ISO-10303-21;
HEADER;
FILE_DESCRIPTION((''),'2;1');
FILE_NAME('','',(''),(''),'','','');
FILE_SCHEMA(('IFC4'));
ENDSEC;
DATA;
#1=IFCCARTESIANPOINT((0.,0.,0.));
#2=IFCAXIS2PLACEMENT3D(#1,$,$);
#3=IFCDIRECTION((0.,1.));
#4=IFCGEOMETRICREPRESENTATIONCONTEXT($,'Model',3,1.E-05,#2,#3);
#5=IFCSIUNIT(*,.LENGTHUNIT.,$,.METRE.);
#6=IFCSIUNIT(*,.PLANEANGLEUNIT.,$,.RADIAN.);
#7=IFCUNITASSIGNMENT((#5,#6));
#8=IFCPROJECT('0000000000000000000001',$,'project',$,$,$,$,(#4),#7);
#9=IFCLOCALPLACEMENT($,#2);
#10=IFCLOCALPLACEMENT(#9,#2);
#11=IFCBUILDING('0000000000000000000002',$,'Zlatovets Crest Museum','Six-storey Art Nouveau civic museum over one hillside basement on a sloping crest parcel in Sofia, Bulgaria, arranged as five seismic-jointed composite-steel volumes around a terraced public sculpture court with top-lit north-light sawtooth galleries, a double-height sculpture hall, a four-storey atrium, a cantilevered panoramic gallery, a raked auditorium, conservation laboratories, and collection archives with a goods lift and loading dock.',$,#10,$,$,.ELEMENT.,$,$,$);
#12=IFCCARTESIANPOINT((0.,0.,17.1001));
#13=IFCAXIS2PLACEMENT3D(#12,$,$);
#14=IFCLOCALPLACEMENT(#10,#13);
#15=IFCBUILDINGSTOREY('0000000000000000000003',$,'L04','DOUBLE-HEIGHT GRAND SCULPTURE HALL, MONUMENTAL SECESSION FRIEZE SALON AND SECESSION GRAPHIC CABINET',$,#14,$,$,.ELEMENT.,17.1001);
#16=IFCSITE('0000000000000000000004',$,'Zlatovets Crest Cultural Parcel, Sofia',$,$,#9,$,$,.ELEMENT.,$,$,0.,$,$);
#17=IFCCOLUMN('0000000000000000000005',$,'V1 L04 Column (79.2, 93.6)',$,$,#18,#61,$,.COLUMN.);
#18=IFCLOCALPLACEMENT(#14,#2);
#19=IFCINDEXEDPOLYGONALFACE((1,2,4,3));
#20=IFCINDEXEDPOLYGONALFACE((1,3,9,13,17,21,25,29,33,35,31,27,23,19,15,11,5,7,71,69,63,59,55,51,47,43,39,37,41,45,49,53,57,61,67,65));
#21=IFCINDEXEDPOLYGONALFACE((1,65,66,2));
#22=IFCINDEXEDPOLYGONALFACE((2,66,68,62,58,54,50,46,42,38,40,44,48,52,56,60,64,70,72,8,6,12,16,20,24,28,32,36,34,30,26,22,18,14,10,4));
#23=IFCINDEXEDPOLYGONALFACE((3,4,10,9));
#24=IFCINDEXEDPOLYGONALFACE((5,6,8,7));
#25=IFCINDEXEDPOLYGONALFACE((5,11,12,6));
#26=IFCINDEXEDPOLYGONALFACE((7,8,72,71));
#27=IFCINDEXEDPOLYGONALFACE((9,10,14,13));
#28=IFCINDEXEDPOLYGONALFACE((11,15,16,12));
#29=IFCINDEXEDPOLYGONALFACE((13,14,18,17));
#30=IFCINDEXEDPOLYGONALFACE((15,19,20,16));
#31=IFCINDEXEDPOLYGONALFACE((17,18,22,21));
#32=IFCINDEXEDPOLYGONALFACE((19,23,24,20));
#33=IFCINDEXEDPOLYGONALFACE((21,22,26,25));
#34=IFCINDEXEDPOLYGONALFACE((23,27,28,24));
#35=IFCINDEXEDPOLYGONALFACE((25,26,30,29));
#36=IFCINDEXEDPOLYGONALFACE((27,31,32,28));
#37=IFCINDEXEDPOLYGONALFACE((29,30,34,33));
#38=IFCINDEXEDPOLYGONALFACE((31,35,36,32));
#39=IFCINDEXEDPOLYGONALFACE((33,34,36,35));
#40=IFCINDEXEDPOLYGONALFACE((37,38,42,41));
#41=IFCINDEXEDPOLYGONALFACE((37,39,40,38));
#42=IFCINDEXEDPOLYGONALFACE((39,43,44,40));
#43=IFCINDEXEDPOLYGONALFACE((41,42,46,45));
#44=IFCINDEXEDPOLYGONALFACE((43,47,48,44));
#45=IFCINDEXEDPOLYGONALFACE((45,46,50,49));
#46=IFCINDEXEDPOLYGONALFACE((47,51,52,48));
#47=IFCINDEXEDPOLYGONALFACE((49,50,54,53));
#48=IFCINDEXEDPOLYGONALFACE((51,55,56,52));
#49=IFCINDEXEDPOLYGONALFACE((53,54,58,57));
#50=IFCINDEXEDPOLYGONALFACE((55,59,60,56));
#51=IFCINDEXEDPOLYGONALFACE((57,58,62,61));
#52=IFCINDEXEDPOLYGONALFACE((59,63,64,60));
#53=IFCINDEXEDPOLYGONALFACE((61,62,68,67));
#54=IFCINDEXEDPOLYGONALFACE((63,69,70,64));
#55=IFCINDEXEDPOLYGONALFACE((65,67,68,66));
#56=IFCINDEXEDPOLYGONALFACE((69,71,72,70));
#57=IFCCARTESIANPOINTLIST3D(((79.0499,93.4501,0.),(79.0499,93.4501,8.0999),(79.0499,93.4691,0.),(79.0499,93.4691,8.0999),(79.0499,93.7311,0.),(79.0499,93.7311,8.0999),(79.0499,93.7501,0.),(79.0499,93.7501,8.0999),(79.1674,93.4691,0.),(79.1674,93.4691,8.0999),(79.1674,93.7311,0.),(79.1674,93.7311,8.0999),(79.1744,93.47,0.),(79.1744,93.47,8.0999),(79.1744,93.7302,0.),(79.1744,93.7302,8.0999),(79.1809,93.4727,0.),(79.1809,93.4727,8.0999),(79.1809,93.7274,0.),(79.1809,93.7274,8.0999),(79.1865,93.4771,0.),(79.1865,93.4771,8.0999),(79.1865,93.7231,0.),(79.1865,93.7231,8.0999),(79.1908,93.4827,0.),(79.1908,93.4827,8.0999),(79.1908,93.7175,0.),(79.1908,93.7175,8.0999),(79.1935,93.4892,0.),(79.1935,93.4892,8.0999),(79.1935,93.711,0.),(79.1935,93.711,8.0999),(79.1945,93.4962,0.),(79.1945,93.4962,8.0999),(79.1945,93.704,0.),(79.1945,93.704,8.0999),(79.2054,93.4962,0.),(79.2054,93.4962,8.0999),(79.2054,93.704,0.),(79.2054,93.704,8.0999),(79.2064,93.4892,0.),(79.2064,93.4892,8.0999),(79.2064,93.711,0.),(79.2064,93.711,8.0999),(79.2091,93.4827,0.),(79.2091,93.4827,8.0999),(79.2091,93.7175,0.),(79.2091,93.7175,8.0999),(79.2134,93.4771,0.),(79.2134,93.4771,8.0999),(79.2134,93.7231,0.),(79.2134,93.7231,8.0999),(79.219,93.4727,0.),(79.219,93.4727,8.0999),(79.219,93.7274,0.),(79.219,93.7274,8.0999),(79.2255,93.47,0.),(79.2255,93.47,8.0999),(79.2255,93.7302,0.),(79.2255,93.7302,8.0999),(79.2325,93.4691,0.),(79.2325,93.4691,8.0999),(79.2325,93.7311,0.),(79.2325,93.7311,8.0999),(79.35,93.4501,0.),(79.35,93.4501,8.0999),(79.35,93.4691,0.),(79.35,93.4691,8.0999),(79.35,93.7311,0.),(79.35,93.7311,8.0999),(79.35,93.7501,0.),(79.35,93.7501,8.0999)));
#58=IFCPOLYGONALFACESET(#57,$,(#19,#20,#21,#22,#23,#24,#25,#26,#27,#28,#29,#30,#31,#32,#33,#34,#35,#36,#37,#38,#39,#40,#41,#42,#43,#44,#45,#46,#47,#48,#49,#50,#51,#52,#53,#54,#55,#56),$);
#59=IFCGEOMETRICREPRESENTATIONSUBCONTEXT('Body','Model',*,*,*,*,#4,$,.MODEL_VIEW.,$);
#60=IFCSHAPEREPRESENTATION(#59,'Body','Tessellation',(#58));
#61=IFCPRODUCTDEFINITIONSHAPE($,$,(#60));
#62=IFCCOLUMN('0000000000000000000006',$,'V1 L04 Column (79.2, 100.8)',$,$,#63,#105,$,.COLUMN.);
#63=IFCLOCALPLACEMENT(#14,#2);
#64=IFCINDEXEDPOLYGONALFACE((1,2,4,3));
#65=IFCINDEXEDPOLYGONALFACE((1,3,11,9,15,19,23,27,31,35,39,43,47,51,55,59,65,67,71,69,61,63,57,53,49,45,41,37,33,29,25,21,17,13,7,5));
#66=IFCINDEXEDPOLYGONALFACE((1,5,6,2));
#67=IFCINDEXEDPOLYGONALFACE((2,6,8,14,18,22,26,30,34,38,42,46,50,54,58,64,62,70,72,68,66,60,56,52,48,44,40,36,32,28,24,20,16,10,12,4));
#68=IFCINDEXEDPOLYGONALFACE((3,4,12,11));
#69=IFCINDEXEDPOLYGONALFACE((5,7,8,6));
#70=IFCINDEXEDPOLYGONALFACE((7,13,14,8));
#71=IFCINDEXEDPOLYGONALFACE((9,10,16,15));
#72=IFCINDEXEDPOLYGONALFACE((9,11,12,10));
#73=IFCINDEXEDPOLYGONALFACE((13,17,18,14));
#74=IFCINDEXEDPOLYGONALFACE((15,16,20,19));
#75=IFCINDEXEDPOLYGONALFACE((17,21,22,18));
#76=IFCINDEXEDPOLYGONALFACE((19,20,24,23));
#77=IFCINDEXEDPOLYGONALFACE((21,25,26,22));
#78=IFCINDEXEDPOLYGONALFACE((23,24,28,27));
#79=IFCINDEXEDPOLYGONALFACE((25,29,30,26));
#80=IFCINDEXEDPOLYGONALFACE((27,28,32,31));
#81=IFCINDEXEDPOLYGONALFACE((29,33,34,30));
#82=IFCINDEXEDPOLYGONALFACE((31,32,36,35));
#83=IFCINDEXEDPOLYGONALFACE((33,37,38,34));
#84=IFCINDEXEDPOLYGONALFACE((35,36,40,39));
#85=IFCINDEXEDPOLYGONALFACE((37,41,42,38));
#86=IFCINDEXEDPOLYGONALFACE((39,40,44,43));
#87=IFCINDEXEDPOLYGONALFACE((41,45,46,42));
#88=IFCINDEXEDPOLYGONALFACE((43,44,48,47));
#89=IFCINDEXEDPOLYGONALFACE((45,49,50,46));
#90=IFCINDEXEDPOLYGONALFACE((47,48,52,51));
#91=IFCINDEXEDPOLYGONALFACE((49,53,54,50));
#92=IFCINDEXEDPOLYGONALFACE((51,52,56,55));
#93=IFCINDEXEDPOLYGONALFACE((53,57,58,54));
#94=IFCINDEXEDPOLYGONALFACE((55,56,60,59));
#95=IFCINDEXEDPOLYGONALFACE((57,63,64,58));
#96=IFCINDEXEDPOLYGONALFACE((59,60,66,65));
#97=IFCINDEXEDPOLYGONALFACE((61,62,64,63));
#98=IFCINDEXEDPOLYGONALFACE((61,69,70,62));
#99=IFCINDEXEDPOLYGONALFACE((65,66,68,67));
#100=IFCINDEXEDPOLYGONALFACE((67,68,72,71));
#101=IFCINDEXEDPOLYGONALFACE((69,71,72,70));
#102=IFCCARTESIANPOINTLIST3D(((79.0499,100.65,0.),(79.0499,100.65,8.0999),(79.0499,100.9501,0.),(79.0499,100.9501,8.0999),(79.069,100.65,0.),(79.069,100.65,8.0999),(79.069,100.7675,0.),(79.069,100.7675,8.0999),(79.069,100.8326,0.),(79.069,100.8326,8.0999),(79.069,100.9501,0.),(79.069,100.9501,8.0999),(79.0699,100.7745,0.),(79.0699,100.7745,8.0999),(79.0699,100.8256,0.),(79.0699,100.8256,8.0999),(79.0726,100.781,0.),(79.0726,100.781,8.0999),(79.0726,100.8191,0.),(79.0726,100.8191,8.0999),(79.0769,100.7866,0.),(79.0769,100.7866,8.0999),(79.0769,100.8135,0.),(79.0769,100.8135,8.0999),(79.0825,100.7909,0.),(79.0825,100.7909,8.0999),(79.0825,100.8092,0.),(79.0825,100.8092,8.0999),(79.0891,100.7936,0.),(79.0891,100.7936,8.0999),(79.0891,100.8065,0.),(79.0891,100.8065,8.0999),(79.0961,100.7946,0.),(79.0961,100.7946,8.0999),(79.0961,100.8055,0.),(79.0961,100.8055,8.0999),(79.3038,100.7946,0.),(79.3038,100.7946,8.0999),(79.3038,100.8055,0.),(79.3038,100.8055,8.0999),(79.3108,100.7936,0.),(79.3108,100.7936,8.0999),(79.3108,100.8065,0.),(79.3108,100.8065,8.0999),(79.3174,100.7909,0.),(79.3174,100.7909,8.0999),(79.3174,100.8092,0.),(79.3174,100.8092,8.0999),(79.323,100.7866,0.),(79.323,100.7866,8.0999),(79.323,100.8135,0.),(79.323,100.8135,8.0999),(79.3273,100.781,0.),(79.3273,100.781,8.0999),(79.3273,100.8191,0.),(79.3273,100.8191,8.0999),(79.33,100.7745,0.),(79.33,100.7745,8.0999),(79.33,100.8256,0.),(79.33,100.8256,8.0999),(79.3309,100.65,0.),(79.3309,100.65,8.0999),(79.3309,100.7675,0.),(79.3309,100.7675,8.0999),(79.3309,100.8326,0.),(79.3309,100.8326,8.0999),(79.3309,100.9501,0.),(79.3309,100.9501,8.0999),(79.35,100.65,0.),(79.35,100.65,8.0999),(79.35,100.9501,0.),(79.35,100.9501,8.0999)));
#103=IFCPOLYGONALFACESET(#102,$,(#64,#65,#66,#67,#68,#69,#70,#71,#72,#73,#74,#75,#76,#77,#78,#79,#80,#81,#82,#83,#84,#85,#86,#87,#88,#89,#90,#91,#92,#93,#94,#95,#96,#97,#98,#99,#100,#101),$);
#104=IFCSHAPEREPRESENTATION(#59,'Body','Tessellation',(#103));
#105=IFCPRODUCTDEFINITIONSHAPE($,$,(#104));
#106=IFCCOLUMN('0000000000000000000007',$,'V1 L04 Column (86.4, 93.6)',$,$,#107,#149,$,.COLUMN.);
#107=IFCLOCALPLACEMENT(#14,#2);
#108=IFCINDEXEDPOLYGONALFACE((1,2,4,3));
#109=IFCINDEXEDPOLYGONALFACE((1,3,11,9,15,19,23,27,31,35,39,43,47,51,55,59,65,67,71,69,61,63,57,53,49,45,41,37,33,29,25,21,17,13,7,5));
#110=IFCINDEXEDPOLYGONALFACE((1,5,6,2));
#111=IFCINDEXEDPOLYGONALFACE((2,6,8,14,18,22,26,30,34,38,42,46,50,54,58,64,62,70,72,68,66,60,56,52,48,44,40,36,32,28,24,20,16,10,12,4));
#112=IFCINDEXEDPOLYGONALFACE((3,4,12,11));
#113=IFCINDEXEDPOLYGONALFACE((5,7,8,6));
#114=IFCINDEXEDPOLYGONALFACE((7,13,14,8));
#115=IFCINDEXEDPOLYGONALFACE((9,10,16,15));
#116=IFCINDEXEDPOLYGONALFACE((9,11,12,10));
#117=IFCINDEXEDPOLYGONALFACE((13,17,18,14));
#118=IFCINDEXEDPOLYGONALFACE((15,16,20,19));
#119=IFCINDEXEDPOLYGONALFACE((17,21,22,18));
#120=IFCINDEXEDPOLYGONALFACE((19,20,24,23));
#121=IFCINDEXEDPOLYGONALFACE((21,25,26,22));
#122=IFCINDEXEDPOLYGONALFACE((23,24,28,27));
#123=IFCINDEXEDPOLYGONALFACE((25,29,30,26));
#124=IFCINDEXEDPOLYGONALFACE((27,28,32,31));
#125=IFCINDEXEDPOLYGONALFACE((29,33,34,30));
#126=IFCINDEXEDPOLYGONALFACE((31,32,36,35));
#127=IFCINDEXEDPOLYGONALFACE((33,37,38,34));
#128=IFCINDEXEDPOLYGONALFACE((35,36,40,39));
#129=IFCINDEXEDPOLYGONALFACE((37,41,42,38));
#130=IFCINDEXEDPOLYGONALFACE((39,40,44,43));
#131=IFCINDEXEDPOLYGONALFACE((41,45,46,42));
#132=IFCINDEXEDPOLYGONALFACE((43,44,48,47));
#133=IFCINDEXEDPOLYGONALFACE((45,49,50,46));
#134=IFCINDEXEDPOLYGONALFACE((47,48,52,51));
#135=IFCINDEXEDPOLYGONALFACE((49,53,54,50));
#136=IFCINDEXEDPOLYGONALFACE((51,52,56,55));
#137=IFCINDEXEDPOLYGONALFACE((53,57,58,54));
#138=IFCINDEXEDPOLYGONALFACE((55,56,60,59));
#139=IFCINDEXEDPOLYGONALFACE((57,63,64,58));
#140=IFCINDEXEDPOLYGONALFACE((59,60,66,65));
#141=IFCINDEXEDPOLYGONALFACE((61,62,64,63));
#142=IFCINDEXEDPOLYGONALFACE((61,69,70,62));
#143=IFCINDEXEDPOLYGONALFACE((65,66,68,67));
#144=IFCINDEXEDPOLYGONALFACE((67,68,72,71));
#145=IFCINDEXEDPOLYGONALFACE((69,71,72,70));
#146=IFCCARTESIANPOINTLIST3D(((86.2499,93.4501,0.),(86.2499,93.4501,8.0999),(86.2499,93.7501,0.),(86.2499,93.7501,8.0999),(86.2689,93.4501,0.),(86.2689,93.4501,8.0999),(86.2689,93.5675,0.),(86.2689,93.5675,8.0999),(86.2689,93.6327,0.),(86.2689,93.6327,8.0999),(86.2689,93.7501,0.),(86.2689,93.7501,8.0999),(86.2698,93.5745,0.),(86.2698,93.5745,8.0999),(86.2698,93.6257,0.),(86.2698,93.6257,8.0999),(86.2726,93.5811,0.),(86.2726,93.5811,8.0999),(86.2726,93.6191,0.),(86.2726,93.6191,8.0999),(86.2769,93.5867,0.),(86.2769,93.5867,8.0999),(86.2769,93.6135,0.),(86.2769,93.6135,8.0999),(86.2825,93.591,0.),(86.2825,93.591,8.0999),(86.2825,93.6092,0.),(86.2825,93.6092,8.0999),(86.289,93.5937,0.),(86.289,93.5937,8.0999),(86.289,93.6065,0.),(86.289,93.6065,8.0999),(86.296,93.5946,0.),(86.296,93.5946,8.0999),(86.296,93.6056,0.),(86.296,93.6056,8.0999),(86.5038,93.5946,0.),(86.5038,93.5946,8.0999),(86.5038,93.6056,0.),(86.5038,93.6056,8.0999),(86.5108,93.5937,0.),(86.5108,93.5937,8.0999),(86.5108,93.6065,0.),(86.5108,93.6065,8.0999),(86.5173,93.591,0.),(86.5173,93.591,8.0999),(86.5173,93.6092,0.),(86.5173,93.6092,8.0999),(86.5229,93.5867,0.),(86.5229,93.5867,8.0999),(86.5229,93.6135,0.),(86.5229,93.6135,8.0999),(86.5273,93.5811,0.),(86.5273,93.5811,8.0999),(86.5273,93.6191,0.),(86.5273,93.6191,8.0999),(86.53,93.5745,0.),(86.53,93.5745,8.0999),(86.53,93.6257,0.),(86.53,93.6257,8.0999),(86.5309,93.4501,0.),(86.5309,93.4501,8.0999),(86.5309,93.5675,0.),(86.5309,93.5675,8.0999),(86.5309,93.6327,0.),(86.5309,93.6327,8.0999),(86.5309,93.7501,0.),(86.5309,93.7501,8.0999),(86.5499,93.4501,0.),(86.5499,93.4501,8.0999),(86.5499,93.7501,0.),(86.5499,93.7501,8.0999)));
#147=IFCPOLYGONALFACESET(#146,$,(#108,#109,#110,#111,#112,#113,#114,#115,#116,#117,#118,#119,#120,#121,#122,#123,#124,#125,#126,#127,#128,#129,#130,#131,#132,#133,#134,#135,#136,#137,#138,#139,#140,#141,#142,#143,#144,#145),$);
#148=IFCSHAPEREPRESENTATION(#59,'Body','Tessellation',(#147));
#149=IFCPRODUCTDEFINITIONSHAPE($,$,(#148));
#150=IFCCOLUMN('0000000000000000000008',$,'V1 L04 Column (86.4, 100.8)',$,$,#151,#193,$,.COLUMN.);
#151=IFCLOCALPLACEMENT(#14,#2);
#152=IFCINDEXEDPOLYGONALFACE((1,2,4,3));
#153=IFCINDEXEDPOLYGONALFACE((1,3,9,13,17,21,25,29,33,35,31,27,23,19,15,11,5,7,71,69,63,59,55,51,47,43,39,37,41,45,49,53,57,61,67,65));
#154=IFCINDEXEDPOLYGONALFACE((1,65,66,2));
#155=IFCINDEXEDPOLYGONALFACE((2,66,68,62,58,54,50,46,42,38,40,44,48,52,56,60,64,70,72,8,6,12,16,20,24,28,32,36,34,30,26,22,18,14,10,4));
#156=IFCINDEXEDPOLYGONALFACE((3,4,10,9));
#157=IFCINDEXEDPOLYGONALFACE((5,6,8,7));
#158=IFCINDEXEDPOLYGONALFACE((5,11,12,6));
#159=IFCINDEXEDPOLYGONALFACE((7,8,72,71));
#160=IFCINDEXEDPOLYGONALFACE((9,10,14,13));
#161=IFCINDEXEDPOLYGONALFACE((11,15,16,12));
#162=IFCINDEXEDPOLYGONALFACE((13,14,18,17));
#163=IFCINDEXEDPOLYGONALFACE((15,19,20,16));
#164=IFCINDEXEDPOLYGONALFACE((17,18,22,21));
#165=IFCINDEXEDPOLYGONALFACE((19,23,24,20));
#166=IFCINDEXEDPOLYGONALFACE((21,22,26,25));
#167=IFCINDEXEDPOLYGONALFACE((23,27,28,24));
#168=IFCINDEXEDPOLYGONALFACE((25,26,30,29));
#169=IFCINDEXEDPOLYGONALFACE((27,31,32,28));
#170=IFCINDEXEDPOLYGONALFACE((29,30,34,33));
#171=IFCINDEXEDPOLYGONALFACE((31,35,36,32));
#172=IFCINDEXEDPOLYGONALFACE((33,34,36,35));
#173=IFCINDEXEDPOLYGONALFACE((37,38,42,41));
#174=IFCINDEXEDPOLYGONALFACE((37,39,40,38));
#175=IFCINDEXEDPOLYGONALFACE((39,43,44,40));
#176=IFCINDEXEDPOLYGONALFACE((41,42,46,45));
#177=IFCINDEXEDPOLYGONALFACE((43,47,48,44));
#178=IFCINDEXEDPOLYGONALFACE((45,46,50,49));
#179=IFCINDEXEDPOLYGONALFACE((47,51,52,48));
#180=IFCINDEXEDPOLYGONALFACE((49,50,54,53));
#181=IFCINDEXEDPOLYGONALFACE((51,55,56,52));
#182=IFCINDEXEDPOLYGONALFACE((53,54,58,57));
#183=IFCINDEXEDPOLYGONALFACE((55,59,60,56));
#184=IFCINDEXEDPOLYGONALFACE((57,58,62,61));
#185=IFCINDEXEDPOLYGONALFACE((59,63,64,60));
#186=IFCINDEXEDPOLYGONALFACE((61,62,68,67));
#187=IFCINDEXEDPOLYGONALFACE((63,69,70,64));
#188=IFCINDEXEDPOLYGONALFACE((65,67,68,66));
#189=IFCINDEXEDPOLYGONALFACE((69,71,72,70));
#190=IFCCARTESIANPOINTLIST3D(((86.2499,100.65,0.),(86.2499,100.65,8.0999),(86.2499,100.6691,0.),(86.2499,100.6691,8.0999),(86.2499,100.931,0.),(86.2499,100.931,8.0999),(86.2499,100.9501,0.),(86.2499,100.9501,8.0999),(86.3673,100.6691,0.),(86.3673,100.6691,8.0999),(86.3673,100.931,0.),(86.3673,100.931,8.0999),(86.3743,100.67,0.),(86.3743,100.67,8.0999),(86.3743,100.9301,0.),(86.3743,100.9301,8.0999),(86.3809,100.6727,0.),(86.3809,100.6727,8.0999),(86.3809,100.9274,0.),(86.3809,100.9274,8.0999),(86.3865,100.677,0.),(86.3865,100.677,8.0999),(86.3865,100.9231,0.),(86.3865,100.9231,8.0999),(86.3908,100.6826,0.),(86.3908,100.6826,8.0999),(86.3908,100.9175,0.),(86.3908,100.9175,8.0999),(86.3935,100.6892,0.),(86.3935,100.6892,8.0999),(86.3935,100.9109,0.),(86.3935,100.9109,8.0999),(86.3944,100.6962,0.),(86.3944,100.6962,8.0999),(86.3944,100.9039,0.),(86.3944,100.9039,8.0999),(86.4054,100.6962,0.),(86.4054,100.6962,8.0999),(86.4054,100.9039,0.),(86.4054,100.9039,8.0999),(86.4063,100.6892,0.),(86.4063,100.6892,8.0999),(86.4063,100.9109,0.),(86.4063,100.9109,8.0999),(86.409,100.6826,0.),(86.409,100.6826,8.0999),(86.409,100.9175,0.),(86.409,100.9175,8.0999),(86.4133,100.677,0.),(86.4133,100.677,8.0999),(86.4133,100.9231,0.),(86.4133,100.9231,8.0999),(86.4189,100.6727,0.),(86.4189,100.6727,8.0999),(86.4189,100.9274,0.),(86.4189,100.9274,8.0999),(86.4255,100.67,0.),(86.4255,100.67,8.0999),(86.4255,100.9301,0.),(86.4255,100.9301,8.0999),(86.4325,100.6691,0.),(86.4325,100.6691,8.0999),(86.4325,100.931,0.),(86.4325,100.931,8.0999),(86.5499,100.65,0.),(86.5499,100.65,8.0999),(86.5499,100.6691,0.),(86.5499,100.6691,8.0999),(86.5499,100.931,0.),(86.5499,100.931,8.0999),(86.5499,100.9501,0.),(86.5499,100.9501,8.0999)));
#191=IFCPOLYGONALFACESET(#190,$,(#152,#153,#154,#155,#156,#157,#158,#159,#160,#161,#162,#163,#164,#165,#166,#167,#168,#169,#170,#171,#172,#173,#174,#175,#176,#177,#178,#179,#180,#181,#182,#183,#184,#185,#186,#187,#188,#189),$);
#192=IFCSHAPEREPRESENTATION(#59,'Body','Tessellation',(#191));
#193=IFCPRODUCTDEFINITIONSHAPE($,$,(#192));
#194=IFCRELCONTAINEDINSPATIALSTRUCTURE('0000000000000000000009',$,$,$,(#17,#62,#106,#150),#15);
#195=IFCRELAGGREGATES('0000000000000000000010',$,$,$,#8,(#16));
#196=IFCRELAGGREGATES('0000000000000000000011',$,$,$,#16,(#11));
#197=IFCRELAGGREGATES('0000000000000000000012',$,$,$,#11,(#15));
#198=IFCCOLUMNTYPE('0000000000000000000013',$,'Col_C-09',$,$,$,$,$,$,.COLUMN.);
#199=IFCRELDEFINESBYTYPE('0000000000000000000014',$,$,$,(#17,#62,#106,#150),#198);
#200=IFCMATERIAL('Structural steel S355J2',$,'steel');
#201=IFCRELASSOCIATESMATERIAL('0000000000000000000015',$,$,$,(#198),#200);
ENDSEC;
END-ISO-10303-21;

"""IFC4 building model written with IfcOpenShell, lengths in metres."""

from ifc_helpers import new_model, si_unit, direction, frame, origin, origin_2d, place, context, subcontext, project, spatial, i_section, extrude, material, material_profile, profile_set, type_object, element, save


model = new_model("IFC4")

# Units and contexts
model_context = context("Model", 3, precision=1e-05, world=origin(), true_north=direction((0.0, 1.0)))
body_context = subcontext(model_context, "Body", "Model", "MODEL_VIEW")
ifc_project = project(units=[si_unit("LENGTHUNIT", "METRE"), si_unit("PLANEANGLEUNIT", "RADIAN")], contexts=[model_context])

# Site, building, storey
site_placement = place(None, origin())
site = spatial("IfcSite", under=ifc_project, at=site_placement, Name="Zlatovets Crest Cultural Parcel, Sofia", CompositionType="ELEMENT", RefElevation=0.0)
building_placement = place(site_placement, origin())
building = spatial("IfcBuilding", under=site, at=building_placement, Name="Zlatovets Crest Museum", Description="Six-storey Art Nouveau civic museum over one hillside basement on a sloping crest parcel in Sofia, Bulgaria, arranged as five seismic-jointed composite-steel volumes around a terraced public sculpture court with top-lit north-light sawtooth galleries, a double-height sculpture hall, a four-storey atrium, a cantilevered panoramic gallery, a raked auditorium, conservation laboratories, and collection archives with a goods lift and loading dock.", CompositionType="ELEMENT")
storey_placement = place(building_placement, frame((0.0, 0.0, 17.1001)))
storey = spatial("IfcBuildingStorey", under=building, at=storey_placement, Name="L04", Description="DOUBLE-HEIGHT GRAND SCULPTURE HALL, MONUMENTAL SECESSION FRIEZE SALON AND SECESSION GRAPHIC CABINET", CompositionType="ELEMENT", Elevation=17.1001)

# Columns
ifc_material = material(Name="Structural steel S355J2", Category="steel")
ifc_material_profile_1 = material_profile(ifc_material, i_section(OverallWidth=0.3, OverallDepth=0.3, WebThickness=0.011, FlangeThickness=0.019, FilletRadius=0.0271, at=origin_2d()), Name="HEB 300")
ifc_profile_set_1 = profile_set([ifc_material_profile_1], Name="Structural steel S355J2")
column_type = type_object("IfcColumnType", Name="Col_C-09", PredefinedType="COLUMN", material=ifc_profile_set_1)
for number, where, z_axis, x_axis, name in (
    (1, (79.2, 93.6001, 0.0), (0.0, 0.0, 1.0), (1.0, 0.0, 0.0), "V1 L04 Column (79.2, 93.6)"),
    (2, (79.2, 100.8, 0.0), (0.0, 0.0, 1.0), (0.0, 1.0, 0.0), "V1 L04 Column (79.2, 100.8)"),
    (3, (86.3999, 93.6001, 0.0), (0.0, 0.0, 1.0), (0.0, 1.0, 0.0), "V1 L04 Column (86.4, 93.6)"),
    (4, (86.3999, 100.8, 0.0), (0.0, 0.0, 1.0), (1.0, 0.0, 0.0), "V1 L04 Column (86.4, 100.8)"),
):
    element("IfcColumn", number, at=place(storey_placement, frame(where, z_axis=z_axis, x_axis=x_axis)), inside=storey, type_object=column_type, Name=name, PredefinedType="COLUMN", context=body_context, shape_type="SweptSolid", body=[
        extrude(i_section(OverallWidth=0.3, OverallDepth=0.3, WebThickness=0.011, FlangeThickness=0.019, FilletRadius=0.0271, at=origin_2d()), origin(), (0.0, 0.0, 1.0), 8.0999),
    ])

save(model, "model.ifc")
